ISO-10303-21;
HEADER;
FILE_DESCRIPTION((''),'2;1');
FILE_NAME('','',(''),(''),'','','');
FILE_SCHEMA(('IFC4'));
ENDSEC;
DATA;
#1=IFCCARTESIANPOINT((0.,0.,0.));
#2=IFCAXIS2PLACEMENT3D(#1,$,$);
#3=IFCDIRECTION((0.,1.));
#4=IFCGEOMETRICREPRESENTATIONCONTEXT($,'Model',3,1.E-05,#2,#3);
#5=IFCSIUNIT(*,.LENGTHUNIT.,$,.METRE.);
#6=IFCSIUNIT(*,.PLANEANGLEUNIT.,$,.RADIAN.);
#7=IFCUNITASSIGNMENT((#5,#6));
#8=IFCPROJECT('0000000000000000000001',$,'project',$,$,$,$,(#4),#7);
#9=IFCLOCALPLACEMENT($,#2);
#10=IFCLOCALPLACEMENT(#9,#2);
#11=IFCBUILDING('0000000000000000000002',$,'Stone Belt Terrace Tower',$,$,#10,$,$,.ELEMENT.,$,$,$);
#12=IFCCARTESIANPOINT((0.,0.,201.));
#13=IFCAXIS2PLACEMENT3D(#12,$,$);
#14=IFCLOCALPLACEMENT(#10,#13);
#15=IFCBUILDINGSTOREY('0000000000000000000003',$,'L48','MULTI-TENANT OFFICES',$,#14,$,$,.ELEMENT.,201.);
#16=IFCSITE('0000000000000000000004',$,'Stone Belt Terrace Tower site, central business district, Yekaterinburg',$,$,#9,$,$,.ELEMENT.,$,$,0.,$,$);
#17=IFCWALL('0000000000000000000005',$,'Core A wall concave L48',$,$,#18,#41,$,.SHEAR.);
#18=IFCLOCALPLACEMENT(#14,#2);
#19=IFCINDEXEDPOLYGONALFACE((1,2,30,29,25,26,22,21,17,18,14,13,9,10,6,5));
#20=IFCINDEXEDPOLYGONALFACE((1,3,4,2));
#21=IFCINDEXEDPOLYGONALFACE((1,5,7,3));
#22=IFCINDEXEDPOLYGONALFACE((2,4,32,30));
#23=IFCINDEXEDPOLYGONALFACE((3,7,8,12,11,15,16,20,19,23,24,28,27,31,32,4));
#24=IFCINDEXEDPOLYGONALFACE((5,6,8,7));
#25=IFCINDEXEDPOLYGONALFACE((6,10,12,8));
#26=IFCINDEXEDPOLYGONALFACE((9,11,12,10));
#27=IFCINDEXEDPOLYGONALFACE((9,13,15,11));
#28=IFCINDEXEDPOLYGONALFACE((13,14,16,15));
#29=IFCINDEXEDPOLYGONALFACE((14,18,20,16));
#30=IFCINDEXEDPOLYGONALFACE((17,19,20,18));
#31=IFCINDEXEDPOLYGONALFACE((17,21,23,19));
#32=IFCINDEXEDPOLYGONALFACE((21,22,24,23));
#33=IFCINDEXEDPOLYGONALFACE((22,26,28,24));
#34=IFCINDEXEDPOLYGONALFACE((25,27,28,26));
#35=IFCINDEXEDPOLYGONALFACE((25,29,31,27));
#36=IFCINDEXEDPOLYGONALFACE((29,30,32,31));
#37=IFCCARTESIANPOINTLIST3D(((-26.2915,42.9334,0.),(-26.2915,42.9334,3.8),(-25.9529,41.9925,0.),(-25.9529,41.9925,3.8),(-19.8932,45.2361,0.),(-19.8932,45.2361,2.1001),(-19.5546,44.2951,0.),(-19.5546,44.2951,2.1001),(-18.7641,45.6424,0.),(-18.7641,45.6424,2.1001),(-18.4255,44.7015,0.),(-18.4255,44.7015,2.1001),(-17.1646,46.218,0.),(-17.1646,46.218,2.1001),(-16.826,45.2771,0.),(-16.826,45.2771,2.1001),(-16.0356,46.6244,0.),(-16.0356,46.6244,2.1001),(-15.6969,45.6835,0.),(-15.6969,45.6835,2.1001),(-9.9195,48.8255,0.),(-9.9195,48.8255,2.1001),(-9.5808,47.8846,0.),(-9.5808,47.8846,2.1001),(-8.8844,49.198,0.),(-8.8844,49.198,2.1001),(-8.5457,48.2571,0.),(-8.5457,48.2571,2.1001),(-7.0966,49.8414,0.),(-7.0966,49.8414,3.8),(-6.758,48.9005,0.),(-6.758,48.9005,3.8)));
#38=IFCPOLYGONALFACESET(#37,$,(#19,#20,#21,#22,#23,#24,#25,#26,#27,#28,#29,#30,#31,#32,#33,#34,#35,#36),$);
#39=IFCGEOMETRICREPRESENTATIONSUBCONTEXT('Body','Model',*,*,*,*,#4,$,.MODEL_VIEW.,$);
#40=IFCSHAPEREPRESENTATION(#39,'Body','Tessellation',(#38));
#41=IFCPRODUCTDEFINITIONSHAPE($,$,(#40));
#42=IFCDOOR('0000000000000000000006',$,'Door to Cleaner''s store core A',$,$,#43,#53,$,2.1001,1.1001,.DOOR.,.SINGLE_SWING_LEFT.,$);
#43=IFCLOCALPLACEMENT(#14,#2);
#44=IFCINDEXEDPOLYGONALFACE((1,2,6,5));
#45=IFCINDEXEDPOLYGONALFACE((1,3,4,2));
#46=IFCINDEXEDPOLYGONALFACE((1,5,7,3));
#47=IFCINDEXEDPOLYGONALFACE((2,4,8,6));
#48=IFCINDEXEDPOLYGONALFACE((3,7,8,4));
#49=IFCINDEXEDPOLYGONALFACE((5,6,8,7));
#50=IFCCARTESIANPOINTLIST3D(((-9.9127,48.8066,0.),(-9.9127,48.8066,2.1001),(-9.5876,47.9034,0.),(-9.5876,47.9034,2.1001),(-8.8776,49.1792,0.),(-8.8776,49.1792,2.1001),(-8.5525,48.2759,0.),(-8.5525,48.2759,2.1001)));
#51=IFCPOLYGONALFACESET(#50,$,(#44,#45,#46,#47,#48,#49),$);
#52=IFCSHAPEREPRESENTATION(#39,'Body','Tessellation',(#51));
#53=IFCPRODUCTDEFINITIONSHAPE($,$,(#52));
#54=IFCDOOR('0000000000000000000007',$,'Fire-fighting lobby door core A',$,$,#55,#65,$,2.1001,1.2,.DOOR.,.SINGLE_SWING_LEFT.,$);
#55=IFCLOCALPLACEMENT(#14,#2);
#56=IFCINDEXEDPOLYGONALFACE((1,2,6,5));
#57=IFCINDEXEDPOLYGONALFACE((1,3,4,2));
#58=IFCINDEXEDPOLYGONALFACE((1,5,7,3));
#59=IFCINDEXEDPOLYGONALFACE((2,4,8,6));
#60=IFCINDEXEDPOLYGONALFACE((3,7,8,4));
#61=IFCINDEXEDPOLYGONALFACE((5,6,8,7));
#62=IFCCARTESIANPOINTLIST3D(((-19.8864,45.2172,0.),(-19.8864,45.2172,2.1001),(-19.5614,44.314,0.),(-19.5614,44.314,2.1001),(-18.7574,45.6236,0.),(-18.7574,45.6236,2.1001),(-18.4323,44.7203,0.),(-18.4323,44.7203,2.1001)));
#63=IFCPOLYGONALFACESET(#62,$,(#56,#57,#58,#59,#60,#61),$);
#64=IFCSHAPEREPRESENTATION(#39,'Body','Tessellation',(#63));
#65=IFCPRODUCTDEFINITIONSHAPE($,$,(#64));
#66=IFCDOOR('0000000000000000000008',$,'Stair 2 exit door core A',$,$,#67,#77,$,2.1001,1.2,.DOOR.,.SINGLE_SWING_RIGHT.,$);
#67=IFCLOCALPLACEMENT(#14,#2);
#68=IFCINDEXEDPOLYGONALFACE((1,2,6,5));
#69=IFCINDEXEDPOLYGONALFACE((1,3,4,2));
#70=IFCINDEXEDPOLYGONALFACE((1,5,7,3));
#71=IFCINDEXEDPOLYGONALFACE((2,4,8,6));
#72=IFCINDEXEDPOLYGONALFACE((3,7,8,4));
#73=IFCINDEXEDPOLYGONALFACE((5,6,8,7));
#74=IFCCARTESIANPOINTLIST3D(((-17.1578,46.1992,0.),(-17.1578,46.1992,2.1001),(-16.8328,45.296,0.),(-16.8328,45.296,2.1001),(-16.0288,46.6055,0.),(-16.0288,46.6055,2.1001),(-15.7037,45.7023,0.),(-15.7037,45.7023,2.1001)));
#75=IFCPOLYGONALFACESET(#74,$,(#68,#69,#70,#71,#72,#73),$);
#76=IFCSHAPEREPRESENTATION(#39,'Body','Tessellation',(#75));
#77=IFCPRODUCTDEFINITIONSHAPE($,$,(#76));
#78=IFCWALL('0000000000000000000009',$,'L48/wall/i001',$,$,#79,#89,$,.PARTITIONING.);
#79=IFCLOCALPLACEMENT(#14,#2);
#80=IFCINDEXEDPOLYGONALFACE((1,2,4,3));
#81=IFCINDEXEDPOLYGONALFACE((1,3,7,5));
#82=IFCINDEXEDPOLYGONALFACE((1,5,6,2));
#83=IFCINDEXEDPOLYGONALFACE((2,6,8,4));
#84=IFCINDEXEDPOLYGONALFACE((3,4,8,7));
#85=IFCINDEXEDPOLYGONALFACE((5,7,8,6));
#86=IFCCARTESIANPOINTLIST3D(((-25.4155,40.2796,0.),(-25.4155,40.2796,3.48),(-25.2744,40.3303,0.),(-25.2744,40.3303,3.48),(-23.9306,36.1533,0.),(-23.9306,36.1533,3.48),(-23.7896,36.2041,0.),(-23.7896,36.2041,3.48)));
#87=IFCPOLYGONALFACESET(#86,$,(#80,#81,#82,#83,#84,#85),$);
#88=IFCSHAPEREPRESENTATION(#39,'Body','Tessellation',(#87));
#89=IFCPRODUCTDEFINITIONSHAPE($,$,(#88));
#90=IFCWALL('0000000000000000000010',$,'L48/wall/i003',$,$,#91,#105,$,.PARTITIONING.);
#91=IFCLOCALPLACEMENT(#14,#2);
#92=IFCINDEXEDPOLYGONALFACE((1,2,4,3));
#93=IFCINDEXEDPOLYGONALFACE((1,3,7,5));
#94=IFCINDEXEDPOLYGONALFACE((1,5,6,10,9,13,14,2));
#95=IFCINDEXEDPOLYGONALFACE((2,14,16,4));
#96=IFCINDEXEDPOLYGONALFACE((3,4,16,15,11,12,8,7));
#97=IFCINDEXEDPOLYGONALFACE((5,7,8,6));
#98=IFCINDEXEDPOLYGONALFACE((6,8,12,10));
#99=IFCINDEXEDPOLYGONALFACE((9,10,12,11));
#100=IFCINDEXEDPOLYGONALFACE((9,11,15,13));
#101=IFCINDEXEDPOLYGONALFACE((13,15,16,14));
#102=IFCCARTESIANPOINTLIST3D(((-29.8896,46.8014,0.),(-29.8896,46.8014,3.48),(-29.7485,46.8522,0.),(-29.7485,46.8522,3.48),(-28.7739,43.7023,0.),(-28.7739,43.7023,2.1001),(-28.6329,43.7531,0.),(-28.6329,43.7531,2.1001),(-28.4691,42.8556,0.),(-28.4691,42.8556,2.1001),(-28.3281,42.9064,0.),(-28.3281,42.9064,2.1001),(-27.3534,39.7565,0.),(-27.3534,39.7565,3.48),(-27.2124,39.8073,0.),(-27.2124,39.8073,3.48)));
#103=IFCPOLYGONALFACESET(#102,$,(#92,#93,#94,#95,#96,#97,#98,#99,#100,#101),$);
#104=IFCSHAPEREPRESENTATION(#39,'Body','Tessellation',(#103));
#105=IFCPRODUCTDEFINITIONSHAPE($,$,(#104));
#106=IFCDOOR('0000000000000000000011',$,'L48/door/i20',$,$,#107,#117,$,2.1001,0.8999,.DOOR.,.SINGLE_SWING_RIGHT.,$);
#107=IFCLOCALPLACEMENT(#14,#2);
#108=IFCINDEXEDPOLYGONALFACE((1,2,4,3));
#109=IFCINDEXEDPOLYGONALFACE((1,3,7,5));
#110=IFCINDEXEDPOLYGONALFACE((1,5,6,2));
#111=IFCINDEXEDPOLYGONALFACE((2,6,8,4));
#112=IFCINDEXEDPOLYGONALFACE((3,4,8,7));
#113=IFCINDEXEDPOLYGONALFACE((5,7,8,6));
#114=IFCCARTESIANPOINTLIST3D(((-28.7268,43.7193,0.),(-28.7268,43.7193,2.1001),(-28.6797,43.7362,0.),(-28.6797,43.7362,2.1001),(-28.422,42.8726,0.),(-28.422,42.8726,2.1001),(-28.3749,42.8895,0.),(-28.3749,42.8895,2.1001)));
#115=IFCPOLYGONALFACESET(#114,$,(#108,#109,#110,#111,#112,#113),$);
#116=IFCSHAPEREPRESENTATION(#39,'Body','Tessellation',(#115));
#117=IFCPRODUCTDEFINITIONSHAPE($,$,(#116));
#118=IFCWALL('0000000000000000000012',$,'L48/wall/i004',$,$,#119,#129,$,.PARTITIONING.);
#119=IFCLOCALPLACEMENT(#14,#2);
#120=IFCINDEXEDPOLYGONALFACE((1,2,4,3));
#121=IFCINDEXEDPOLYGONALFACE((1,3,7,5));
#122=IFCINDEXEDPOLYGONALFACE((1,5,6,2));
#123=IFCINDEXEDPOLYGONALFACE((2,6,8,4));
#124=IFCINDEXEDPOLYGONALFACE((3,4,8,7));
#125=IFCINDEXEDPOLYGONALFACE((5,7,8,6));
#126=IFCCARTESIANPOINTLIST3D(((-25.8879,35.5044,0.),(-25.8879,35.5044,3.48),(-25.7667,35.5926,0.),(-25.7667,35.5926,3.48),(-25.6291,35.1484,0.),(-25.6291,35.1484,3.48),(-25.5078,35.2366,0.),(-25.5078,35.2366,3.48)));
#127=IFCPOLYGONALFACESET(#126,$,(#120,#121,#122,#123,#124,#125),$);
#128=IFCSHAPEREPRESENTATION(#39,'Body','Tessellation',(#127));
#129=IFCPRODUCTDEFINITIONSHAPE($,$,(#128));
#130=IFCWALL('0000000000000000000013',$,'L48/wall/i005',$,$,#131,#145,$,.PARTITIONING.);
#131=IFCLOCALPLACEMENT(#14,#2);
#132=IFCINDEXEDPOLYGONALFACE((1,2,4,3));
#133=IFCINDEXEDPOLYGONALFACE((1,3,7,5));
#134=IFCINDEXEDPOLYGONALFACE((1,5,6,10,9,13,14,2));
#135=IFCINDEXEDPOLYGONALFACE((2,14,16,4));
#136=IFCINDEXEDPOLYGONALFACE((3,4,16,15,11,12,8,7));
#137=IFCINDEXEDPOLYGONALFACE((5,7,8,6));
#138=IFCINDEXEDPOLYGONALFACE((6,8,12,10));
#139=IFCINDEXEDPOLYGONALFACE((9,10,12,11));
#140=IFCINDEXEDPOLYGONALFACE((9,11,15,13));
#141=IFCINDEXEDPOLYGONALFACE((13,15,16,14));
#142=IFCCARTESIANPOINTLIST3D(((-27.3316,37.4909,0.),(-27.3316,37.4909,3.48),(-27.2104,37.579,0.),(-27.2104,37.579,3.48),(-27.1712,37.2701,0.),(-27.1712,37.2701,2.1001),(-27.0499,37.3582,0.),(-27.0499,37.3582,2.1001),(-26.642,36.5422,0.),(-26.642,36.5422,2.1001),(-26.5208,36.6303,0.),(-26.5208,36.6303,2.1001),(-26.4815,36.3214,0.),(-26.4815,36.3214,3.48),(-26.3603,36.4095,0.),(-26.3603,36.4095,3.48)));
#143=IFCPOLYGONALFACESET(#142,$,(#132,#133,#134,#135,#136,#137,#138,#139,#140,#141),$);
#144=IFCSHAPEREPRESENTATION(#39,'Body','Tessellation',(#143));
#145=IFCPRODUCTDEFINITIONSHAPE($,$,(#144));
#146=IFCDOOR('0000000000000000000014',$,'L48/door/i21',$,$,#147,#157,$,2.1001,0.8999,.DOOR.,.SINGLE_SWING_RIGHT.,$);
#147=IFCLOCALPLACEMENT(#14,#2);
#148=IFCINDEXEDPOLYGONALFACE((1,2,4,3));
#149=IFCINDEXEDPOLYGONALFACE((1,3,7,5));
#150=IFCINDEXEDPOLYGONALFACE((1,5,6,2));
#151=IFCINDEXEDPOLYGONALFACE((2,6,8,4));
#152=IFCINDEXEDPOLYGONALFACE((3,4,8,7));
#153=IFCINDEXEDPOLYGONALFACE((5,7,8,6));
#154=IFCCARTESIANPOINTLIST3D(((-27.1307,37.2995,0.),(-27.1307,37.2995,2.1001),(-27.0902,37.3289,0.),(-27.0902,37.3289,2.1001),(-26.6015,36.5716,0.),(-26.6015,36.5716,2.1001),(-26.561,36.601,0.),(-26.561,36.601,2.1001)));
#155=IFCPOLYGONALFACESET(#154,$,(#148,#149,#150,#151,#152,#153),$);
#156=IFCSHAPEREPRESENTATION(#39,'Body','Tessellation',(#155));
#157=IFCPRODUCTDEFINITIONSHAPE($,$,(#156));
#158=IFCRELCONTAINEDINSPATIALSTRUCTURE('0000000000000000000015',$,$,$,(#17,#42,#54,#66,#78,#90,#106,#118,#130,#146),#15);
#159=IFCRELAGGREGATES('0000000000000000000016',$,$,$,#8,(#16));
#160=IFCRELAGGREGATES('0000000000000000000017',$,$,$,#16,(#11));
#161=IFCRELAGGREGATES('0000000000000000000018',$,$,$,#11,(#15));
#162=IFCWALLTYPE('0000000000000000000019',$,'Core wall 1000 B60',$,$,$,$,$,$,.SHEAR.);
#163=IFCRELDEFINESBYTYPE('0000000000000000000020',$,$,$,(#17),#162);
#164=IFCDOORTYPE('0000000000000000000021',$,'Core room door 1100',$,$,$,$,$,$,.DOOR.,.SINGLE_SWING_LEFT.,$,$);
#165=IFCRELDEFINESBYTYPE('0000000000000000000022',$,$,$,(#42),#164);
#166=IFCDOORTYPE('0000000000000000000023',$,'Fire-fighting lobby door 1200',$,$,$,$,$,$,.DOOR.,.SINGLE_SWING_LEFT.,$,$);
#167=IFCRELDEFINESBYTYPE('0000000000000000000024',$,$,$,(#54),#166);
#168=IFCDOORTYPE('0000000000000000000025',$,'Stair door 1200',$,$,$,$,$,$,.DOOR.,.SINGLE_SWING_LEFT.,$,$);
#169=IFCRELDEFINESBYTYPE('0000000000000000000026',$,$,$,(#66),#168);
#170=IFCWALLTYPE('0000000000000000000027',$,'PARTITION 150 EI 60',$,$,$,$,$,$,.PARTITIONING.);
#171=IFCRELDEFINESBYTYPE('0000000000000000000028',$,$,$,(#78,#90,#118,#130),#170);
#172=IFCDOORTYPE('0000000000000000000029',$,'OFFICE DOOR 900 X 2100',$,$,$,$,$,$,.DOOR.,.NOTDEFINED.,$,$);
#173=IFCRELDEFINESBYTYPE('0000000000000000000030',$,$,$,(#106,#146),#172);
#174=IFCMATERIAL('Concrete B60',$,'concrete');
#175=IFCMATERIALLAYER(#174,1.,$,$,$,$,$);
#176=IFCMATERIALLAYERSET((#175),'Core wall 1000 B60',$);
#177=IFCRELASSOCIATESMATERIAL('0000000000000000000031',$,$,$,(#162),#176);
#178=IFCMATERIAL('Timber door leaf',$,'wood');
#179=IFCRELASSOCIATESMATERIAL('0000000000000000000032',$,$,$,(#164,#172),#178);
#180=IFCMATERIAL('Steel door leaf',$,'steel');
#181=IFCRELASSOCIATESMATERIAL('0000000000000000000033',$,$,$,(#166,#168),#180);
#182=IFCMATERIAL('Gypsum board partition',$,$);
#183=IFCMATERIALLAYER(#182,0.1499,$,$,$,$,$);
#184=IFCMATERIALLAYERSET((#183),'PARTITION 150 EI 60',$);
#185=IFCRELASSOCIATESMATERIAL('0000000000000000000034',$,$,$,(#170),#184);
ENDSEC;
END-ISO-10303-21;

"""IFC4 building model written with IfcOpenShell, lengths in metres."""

from ifc_helpers import new_model, si_unit, direction, frame, frame_2d, origin, place, context, subcontext, project, spatial, rectangle, extrude, material, layer, layer_set, type_object, element, fill, save


model = new_model("IFC4")

# Units and contexts
model_context = context("Model", 3, precision=1e-05, world=origin(), true_north=direction((0.0, 1.0)))
body_context = subcontext(model_context, "Body", "Model", "MODEL_VIEW")
ifc_project = project(units=[si_unit("LENGTHUNIT", "METRE"), si_unit("PLANEANGLEUNIT", "RADIAN")], contexts=[model_context])

# Site, building, storey
site_placement = place(None, origin())
site = spatial("IfcSite", under=ifc_project, at=site_placement, Name="Stone Belt Terrace Tower site, central business district, Yekaterinburg", CompositionType="ELEMENT", RefElevation=0.0)
building_placement = place(site_placement, origin())
building = spatial("IfcBuilding", under=site, at=building_placement, Name="Stone Belt Terrace Tower", CompositionType="ELEMENT")
storey_placement = place(building_placement, frame((0.0, 0.0, 201.0)))
storey = spatial("IfcBuildingStorey", under=building, at=storey_placement, Name="L48", Description="MULTI-TENANT OFFICES", CompositionType="ELEMENT", Elevation=201.0)

# Shared definitions
ifc_material_1 = material(Name="Concrete B60", Category="concrete")

# Wall, openings, doors
ifc_layer_1 = layer(ifc_material_1, 1.0)
ifc_layer_set_1 = layer_set([ifc_layer_1], Name="Core wall 1000 B60")
wall_type_1 = type_object("IfcWallType", Name="Core wall 1000 B60", PredefinedType="SHEAR", material=ifc_layer_set_1)
wall_1_placement = place(storey_placement, frame((-26.1223, 42.4629, 0.0), z_axis=(0.0, 0.0, 1.0), x_axis=(0.940921, 0.338625, 0.0)))
wall_1 = element("IfcWall", 1, at=wall_1_placement, inside=storey, type_object=wall_type_1, Name="Core A wall concave L48", PredefinedType="SHEAR", context=body_context, shape_type="SweptSolid", body=[
    extrude(rectangle(XDim=20.4001, YDim=1.0, at=frame_2d((10.2002, 0.0))), origin(), (0.0, 0.0, 1.0), 3.8),
])
opening_1_placement = place(wall_1_placement, frame((6.8, 0.0, 0.0)))
opening_1 = element("IfcOpeningElement", 2, at=opening_1_placement, cuts=wall_1, PredefinedType="OPENING", context=body_context, shape_type="SweptSolid", body=[
    extrude(rectangle(XDim=1.2, YDim=2.1001, at=frame_2d((0.6001, 1.05))), frame((0.0, 0.51, 0.0), z_axis=(0.0, -1.0, 0.0), x_axis=(1.0, 0.0, 0.0)), (0.0, 0.0, 1.0), 1.02),
])
opening_2_placement = place(wall_1_placement, frame((9.7, 0.0, 0.0)))
opening_2 = element("IfcOpeningElement", 3, at=opening_2_placement, cuts=wall_1, PredefinedType="OPENING", context=body_context, shape_type="SweptSolid", body=[
    extrude(rectangle(XDim=1.2, YDim=2.1001, at=frame_2d((0.6001, 1.05))), frame((0.0, 0.51, 0.0), z_axis=(0.0, -1.0, 0.0), x_axis=(1.0, 0.0, 0.0)), (0.0, 0.0, 1.0), 1.02),
])
opening_3_placement = place(wall_1_placement, frame((17.4001, 0.0, 0.0)))
opening_3 = element("IfcOpeningElement", 4, at=opening_3_placement, cuts=wall_1, PredefinedType="OPENING", context=body_context, shape_type="SweptSolid", body=[
    extrude(rectangle(XDim=1.1001, YDim=2.1001, at=frame_2d((0.55, 1.05))), frame((0.0, 0.51, 0.0), z_axis=(0.0, -1.0, 0.0), x_axis=(1.0, 0.0, 0.0)), (0.0, 0.0, 1.0), 1.02),
])
ifc_material_2 = material(Name="Timber door leaf", Category="wood")
door_type_1 = type_object("IfcDoorType", Name="Core room door 1100", OperationType="SINGLE_SWING_LEFT", PredefinedType="DOOR", material=ifc_material_2)
door_1_placement = place(opening_3_placement, origin())
door_1 = element("IfcDoor", 5, at=door_1_placement, inside=storey, type_object=door_type_1, Name="Door to Cleaner's store core A", OperationType="SINGLE_SWING_LEFT", OverallHeight=2.1001, OverallWidth=1.1001, PredefinedType="DOOR", context=body_context, shape_type="SweptSolid", body=[
    extrude(rectangle(XDim=1.1001, YDim=2.1001, at=frame_2d((0.55, 1.05))), frame((0.0, 0.48, 0.0), z_axis=(0.0, -1.0, 0.0), x_axis=(1.0, 0.0, 0.0)), (0.0, 0.0, 1.0), 0.96),
])
fill(opening_3, door_1)
ifc_material_3 = material(Name="Steel door leaf", Category="steel")
door_type_2 = type_object("IfcDoorType", Name="Fire-fighting lobby door 1200", OperationType="SINGLE_SWING_LEFT", PredefinedType="DOOR", material=ifc_material_3)
door_2_placement = place(opening_1_placement, origin())
door_2 = element("IfcDoor", 6, at=door_2_placement, inside=storey, type_object=door_type_2, Name="Fire-fighting lobby door core A", OperationType="SINGLE_SWING_LEFT", OverallHeight=2.1001, OverallWidth=1.2, PredefinedType="DOOR", context=body_context, shape_type="SweptSolid", body=[
    extrude(rectangle(XDim=1.2, YDim=2.1001, at=frame_2d((0.6001, 1.05))), frame((0.0, 0.48, 0.0), z_axis=(0.0, -1.0, 0.0), x_axis=(1.0, 0.0, 0.0)), (0.0, 0.0, 1.0), 0.96),
])
fill(opening_1, door_2)
door_type_3 = type_object("IfcDoorType", Name="Stair door 1200", OperationType="SINGLE_SWING_LEFT", PredefinedType="DOOR", material=ifc_material_3)
door_3_placement = place(opening_2_placement, origin())
door_3 = element("IfcDoor", 7, at=door_3_placement, inside=storey, type_object=door_type_3, Name="Stair 2 exit door core A", OperationType="SINGLE_SWING_RIGHT", OverallHeight=2.1001, OverallWidth=1.2, PredefinedType="DOOR", context=body_context, shape_type="SweptSolid", body=[
    extrude(rectangle(XDim=1.2, YDim=2.1001, at=frame_2d((0.6001, 1.05))), frame((0.0, 0.48, 0.0), z_axis=(0.0, -1.0, 0.0), x_axis=(1.0, 0.0, 0.0)), (0.0, 0.0, 1.0), 0.96),
])
fill(opening_2, door_3)

# Wall
ifc_material_4 = material(Name="Gypsum board partition")
ifc_layer_2 = layer(ifc_material_4, 0.1499)
ifc_layer_set_2 = layer_set([ifc_layer_2], Name="PARTITION 150 EI 60")
wall_type_2 = type_object("IfcWallType", Name="PARTITION 150 EI 60", PredefinedType="PARTITIONING", material=ifc_layer_set_2)
wall_2_placement = place(storey_placement, frame((-25.345, 40.3049, 0.0), z_axis=(0.0, 0.0, 1.0), x_axis=(0.338603, -0.940929, 0.0)))
element("IfcWall", 8, at=wall_2_placement, inside=storey, type_object=wall_type_2, Name="L48/wall/i001", PredefinedType="PARTITIONING", context=body_context, shape_type="SweptSolid", body=[
    extrude(rectangle(XDim=4.3853, YDim=0.1499, at=frame_2d((2.1926, 0.0))), origin(), (0.0, 0.0, 1.0), 3.48),
])

# Wall, opening, door
wall_3_placement = place(storey_placement, frame((-27.283, 39.782, 0.0), z_axis=(0.0, 0.0, 1.0), x_axis=(-0.338715, 0.940889, 0.0)))
wall_3 = element("IfcWall", 9, at=wall_3_placement, inside=storey, type_object=wall_type_2, Name="L48/wall/i003", PredefinedType="PARTITIONING", context=body_context, shape_type="SweptSolid", body=[
    extrude(rectangle(XDim=7.4875, YDim=0.1499, at=frame_2d((3.7437, 0.0))), origin(), (0.0, 0.0, 1.0), 3.48),
])
opening_4_placement = place(wall_3_placement, frame((3.2937, 0.0, 0.0)))
opening_4 = element("IfcOpeningElement", 10, at=opening_4_placement, cuts=wall_3, PredefinedType="OPENING", context=body_context, shape_type="SweptSolid", body=[
    extrude(rectangle(XDim=0.8999, YDim=2.1001, at=frame_2d((0.45, 1.05))), frame((0.0, 0.085, 0.0), z_axis=(0.0, -1.0, 0.0), x_axis=(1.0, 0.0, 0.0)), (0.0, 0.0, 1.0), 0.1699),
])
door_type_4 = type_object("IfcDoorType", Name="OFFICE DOOR 900 X 2100", OperationType="NOTDEFINED", PredefinedType="DOOR", material=ifc_material_2)
door_4_placement = place(opening_4_placement, origin())
door_4 = element("IfcDoor", 11, at=door_4_placement, inside=storey, type_object=door_type_4, Name="L48/door/i20", OperationType="SINGLE_SWING_RIGHT", OverallHeight=2.1001, OverallWidth=0.8999, PredefinedType="DOOR", context=body_context, shape_type="SweptSolid", body=[
    extrude(rectangle(XDim=0.8999, YDim=2.1001, at=frame_2d((0.45, 1.05))), frame((0.0, 0.0249, 0.0), z_axis=(0.0, -1.0, 0.0), x_axis=(1.0, 0.0, 0.0)), (0.0, 0.0, 1.0), 0.05),
])
fill(opening_4, door_4)

# Wall
wall_4_placement = place(storey_placement, frame((-25.5684, 35.1924, 0.0), z_axis=(0.0, 0.0, 1.0), x_axis=(-0.58804, 0.808832, 0.0)))
element("IfcWall", 12, at=wall_4_placement, inside=storey, type_object=wall_type_2, Name="L48/wall/i004", PredefinedType="PARTITIONING", context=body_context, shape_type="SweptSolid", body=[
    extrude(rectangle(XDim=0.4402, YDim=0.1499, at=frame_2d((0.2202, 0.0))), origin(), (0.0, 0.0, 1.0), 3.48),
])

# Wall, opening, door
wall_5_placement = place(storey_placement, frame((-26.4209, 36.3655, 0.0), z_axis=(0.0, 0.0, 1.0), x_axis=(-0.587991, 0.808868, 0.0)))
wall_5 = element("IfcWall", 13, at=wall_5_placement, inside=storey, type_object=wall_type_2, Name="L48/wall/i005", PredefinedType="PARTITIONING", context=body_context, shape_type="SweptSolid", body=[
    extrude(rectangle(XDim=1.4458, YDim=0.1499, at=frame_2d((0.7229, 0.0))), origin(), (0.0, 0.0, 1.0), 3.48),
])
opening_5_placement = place(wall_5_placement, frame((0.2729, 0.0, 0.0)))
opening_5 = element("IfcOpeningElement", 14, at=opening_5_placement, cuts=wall_5, PredefinedType="OPENING", context=body_context, shape_type="SweptSolid", body=[
    extrude(rectangle(XDim=0.8999, YDim=2.1001, at=frame_2d((0.45, 1.05))), frame((0.0, 0.085, 0.0), z_axis=(0.0, -1.0, 0.0), x_axis=(1.0, 0.0, 0.0)), (0.0, 0.0, 1.0), 0.1699),
])
door_5_placement = place(opening_5_placement, origin())
door_5 = element("IfcDoor", 15, at=door_5_placement, inside=storey, type_object=door_type_4, Name="L48/door/i21", OperationType="SINGLE_SWING_RIGHT", OverallHeight=2.1001, OverallWidth=0.8999, PredefinedType="DOOR", context=body_context, shape_type="SweptSolid", body=[
    extrude(rectangle(XDim=0.8999, YDim=2.1001, at=frame_2d((0.45, 1.05))), frame((0.0, 0.0249, 0.0), z_axis=(0.0, -1.0, 0.0), x_axis=(1.0, 0.0, 0.0)), (0.0, 0.0, 1.0), 0.05),
])
fill(opening_5, door_5)

save(model, "model.ifc")
